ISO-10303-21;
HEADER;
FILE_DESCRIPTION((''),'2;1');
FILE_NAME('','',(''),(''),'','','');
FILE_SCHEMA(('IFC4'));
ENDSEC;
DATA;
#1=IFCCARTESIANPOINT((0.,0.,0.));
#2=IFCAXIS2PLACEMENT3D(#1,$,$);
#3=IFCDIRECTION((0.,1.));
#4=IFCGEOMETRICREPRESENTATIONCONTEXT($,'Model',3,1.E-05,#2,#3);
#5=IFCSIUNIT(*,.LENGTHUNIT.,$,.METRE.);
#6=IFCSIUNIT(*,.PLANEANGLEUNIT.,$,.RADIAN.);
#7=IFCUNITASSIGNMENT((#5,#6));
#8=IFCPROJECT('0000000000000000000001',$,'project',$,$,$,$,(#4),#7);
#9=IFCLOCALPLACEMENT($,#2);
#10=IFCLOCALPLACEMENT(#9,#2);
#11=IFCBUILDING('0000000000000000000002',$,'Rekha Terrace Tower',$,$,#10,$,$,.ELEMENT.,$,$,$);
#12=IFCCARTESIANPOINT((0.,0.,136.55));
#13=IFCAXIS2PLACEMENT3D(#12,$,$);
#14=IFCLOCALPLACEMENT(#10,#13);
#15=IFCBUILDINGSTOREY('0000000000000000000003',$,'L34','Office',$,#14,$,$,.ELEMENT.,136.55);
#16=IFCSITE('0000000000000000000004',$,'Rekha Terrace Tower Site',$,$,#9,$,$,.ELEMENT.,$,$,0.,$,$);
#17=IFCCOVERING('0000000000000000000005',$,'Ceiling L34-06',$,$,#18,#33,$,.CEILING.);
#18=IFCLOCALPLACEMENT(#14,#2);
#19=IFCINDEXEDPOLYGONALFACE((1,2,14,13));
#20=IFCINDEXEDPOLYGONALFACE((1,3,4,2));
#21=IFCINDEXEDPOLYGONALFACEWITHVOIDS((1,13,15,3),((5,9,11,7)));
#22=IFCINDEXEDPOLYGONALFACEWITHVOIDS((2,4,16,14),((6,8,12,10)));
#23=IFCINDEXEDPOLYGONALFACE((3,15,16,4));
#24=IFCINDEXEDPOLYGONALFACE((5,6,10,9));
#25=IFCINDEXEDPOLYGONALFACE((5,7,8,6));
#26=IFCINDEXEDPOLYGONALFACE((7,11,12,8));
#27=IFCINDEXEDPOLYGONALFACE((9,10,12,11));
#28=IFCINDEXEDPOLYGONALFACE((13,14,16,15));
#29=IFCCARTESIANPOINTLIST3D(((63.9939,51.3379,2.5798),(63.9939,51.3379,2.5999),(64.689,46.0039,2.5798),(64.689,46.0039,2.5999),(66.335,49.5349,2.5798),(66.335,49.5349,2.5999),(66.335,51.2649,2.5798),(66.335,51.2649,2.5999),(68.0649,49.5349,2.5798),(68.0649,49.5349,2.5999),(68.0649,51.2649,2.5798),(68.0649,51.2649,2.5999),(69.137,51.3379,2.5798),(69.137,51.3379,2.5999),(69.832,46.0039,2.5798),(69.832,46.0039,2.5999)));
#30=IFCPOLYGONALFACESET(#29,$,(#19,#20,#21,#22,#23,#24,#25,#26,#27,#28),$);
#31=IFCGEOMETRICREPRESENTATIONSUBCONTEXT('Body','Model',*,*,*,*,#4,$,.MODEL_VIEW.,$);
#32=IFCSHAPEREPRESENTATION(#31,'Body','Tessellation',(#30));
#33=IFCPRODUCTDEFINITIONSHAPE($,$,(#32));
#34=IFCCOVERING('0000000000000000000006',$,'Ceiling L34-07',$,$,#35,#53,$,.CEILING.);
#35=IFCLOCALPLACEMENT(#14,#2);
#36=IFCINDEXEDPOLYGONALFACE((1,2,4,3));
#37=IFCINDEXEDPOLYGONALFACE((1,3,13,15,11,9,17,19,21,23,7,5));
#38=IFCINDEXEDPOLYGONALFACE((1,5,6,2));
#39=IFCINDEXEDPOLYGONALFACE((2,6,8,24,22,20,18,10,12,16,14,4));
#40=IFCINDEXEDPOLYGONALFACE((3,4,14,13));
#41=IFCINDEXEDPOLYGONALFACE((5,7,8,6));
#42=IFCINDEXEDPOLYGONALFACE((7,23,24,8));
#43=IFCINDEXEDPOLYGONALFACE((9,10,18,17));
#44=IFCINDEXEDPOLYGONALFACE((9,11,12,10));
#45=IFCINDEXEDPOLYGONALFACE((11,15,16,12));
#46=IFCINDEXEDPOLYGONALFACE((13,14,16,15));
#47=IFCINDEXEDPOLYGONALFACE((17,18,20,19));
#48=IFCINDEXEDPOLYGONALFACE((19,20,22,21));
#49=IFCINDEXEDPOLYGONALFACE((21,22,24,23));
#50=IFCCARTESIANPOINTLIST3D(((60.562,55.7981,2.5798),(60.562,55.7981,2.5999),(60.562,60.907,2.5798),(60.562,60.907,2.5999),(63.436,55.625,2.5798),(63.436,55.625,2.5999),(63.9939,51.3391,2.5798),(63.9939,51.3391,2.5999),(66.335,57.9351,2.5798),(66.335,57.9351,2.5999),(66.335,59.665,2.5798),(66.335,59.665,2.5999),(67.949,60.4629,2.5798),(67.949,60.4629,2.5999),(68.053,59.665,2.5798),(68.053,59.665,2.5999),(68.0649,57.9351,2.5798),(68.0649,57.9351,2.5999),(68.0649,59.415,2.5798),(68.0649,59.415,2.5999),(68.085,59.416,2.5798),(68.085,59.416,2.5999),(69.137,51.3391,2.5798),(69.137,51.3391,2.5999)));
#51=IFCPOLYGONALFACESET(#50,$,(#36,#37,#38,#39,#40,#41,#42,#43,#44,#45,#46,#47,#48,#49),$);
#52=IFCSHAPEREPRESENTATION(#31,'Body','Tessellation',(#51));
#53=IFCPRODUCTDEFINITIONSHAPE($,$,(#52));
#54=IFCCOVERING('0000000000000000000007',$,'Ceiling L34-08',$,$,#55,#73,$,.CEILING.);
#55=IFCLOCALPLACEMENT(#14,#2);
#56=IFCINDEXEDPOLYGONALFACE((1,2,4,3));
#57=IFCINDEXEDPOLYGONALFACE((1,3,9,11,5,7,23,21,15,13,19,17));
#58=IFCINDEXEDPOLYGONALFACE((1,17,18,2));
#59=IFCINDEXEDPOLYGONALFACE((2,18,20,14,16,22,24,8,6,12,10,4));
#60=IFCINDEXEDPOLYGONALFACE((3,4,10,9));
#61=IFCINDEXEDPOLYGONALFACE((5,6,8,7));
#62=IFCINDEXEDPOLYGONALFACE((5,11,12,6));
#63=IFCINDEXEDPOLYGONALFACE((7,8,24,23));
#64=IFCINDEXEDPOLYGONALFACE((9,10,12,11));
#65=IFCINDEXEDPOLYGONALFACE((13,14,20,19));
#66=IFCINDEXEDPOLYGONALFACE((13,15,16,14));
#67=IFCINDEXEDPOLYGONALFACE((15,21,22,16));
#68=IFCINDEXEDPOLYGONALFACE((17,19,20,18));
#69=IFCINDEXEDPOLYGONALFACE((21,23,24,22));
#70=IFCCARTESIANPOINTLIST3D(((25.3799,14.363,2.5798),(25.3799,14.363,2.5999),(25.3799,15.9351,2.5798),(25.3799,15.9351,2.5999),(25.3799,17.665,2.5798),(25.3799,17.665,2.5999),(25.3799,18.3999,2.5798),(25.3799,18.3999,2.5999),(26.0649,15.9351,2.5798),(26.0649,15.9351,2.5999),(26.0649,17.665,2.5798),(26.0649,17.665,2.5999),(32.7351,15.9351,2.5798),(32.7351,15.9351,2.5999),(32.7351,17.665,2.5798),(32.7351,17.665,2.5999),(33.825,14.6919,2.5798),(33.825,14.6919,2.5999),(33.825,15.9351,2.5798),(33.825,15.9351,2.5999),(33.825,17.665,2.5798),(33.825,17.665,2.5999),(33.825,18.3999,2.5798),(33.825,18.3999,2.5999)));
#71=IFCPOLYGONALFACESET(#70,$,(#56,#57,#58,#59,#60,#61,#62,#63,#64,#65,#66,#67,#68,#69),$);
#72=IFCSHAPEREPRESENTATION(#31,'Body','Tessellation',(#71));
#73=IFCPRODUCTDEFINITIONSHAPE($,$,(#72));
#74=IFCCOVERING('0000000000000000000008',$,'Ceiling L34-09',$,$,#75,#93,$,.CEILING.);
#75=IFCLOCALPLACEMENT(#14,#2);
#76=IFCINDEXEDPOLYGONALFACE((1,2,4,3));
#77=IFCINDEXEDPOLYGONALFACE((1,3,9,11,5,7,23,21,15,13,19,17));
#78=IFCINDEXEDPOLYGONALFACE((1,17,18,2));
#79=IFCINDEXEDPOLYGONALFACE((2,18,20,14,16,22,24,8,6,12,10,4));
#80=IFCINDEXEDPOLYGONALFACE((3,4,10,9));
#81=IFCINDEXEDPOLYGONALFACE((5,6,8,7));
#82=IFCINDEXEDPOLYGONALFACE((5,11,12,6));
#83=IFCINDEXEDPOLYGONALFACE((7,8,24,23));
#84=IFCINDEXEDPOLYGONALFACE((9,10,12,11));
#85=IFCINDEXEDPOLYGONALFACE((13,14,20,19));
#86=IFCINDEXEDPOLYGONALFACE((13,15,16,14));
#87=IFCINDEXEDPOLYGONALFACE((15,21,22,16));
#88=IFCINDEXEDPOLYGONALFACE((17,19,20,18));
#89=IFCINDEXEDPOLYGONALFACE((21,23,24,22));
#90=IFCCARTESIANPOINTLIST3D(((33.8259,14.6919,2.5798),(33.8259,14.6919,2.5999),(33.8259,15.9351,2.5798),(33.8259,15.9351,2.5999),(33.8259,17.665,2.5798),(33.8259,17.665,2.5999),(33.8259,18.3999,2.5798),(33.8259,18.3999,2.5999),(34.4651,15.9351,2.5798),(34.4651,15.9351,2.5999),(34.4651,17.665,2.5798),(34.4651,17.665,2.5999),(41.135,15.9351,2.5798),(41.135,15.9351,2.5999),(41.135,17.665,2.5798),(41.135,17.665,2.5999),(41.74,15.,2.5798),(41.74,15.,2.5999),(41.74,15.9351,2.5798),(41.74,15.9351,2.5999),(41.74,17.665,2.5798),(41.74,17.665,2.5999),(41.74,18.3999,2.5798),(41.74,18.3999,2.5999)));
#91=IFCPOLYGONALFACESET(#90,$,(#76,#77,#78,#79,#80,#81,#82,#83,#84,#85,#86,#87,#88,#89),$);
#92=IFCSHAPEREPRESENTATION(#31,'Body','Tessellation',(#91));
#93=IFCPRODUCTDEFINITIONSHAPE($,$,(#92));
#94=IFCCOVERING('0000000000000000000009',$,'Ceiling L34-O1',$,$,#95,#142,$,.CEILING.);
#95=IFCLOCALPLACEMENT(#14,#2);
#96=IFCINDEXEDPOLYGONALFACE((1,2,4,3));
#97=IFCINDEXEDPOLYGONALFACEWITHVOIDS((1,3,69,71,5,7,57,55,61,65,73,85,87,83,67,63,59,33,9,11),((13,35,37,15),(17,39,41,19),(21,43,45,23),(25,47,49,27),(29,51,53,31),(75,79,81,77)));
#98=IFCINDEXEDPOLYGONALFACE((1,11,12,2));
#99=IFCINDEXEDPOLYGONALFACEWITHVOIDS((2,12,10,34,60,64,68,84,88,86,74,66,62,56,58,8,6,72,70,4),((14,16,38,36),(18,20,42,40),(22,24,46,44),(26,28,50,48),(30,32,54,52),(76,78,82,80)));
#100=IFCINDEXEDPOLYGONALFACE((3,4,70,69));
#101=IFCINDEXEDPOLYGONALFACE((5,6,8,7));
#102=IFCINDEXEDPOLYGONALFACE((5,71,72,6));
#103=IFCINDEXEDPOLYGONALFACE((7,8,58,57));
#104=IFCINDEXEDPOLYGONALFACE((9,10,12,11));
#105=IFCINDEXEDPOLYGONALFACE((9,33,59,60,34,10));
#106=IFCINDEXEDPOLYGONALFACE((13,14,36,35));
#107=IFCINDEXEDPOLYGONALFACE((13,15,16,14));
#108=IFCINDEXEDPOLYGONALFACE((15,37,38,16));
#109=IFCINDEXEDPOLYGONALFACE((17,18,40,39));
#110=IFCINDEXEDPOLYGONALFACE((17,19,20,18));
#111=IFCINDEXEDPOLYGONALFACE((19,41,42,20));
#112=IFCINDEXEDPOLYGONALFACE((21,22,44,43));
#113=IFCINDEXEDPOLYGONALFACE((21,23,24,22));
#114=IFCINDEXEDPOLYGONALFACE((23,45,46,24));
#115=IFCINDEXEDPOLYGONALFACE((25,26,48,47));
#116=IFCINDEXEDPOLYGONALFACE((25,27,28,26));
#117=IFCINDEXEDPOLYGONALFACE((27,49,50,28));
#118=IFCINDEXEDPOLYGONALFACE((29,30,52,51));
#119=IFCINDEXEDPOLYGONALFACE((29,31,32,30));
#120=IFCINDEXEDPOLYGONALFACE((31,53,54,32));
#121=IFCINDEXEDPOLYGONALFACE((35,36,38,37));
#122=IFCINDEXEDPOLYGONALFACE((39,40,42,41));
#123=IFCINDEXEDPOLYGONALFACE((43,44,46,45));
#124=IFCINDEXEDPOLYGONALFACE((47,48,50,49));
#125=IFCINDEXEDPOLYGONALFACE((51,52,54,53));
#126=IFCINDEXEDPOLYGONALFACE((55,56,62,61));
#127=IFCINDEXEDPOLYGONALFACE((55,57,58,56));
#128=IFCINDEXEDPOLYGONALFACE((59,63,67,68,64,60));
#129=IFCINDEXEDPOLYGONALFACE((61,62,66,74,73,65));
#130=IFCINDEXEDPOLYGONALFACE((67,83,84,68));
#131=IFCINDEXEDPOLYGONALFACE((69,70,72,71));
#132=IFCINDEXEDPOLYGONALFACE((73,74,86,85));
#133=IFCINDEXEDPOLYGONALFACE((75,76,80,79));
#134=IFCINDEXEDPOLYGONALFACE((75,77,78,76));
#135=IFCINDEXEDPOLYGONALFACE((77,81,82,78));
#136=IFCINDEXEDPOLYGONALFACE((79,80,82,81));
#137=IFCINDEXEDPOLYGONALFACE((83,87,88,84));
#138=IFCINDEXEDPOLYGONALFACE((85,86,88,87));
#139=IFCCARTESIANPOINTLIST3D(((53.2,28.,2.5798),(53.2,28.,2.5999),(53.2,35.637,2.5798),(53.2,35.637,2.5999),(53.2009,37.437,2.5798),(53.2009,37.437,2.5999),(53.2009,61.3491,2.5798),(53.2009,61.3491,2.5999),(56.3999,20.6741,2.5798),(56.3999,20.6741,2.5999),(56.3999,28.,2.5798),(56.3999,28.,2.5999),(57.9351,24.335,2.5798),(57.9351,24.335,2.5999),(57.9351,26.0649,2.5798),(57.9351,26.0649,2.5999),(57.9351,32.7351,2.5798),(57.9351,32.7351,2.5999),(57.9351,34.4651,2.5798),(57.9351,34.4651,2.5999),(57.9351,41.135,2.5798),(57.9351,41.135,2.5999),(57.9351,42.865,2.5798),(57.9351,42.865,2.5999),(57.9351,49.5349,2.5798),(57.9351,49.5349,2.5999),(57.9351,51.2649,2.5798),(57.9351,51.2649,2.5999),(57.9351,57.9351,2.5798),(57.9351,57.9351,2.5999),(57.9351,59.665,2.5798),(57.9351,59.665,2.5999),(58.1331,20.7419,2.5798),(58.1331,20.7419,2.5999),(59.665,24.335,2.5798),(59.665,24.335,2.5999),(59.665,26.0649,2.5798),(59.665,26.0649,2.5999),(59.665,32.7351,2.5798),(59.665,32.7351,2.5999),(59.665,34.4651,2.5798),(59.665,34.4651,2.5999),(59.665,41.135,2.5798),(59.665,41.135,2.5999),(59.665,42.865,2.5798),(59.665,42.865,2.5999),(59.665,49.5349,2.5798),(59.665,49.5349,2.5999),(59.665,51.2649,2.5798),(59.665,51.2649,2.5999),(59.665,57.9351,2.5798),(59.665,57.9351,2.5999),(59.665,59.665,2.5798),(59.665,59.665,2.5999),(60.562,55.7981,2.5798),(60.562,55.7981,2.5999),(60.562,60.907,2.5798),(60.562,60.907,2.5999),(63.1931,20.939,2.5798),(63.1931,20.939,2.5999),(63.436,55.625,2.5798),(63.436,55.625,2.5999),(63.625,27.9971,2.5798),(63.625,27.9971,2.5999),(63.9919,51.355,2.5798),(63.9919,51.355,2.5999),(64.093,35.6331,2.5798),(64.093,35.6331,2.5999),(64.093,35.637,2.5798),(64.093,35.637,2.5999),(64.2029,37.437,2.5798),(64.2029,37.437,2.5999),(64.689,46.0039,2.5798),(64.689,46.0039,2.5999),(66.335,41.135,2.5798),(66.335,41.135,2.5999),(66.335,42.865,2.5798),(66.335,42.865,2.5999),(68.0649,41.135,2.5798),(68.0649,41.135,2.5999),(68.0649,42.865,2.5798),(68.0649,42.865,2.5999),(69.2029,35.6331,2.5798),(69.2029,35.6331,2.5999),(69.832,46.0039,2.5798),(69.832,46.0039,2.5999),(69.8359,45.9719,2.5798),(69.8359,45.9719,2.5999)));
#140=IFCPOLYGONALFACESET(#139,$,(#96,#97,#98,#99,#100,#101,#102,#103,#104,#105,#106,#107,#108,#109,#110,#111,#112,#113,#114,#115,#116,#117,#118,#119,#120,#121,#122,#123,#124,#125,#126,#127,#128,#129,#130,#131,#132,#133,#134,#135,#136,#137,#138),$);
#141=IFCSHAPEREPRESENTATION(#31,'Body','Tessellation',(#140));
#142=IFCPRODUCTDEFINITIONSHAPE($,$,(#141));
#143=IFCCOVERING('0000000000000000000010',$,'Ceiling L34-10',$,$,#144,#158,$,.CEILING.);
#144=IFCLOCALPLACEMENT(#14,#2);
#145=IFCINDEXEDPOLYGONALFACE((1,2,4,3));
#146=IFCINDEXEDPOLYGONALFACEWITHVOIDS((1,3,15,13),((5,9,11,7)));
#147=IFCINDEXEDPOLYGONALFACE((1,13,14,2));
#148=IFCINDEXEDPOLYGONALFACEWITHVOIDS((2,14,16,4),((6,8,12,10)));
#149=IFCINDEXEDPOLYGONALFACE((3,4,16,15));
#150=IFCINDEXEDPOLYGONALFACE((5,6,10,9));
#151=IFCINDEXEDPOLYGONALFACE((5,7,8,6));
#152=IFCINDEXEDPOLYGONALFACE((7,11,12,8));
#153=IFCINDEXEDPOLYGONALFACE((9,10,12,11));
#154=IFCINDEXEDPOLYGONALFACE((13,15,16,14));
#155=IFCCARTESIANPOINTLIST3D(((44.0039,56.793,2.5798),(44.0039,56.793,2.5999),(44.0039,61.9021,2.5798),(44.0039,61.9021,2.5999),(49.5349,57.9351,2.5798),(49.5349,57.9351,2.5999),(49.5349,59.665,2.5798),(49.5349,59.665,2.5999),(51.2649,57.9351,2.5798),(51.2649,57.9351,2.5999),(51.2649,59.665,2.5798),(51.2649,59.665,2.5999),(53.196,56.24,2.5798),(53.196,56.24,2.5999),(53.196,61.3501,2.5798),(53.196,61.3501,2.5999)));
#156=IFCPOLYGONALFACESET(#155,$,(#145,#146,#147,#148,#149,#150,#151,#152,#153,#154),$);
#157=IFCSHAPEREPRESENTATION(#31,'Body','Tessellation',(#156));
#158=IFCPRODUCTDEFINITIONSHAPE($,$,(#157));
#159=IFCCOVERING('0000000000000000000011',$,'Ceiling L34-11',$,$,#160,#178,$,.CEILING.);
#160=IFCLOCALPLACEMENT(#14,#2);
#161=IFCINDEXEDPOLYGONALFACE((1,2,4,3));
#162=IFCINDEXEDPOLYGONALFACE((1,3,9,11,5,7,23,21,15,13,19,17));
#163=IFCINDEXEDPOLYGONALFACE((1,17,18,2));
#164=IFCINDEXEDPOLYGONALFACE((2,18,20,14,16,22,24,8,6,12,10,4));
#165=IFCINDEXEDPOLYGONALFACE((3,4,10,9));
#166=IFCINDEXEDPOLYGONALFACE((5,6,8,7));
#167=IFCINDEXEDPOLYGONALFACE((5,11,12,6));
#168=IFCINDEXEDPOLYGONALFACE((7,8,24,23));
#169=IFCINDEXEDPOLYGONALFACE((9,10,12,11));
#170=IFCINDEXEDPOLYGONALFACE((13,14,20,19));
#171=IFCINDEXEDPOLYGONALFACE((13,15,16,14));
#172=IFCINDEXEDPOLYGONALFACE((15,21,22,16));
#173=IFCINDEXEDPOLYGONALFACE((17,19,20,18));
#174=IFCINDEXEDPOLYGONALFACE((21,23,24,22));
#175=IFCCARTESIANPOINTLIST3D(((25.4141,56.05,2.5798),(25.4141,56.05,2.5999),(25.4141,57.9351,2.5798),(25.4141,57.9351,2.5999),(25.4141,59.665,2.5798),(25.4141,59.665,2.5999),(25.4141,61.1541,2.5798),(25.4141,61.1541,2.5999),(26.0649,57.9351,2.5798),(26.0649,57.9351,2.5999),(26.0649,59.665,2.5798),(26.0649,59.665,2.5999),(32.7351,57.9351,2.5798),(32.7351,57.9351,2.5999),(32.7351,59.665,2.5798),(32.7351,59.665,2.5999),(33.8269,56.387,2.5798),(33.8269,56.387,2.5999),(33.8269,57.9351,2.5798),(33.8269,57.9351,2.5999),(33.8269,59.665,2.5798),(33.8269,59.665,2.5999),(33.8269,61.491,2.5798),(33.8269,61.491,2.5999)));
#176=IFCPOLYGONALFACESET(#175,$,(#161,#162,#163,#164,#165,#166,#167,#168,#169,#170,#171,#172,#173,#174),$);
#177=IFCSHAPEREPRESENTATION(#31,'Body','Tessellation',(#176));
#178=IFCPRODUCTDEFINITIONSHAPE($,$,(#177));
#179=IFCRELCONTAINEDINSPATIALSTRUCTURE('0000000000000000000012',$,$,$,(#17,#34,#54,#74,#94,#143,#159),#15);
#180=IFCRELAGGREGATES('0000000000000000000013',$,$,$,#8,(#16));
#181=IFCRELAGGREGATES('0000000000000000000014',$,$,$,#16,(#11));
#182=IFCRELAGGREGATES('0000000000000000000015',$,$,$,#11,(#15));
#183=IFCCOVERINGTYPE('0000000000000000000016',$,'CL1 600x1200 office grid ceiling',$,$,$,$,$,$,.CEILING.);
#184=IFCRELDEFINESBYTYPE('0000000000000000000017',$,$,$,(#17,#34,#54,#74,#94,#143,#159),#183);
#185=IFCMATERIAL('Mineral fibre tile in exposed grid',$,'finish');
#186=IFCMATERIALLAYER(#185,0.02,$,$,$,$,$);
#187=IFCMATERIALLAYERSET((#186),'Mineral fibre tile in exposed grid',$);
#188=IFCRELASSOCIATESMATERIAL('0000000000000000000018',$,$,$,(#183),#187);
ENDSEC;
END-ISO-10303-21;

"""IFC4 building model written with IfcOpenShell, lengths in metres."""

from ifc_helpers import new_model, si_unit, direction, frame, origin, place, context, subcontext, project, spatial, polyline, outline, extrude, material, layer, layer_set, type_object, element, save


model = new_model("IFC4")

# Units and contexts
model_context = context("Model", 3, precision=1e-05, world=origin(), true_north=direction((0.0, 1.0)))
body_context = subcontext(model_context, "Body", "Model", "MODEL_VIEW")
ifc_project = project(units=[si_unit("LENGTHUNIT", "METRE"), si_unit("PLANEANGLEUNIT", "RADIAN")], contexts=[model_context])

# Site, building, storey
site_placement = place(None, origin())
site = spatial("IfcSite", under=ifc_project, at=site_placement, Name="Rekha Terrace Tower Site", CompositionType="ELEMENT", RefElevation=0.0)
building_placement = place(site_placement, origin())
building = spatial("IfcBuilding", under=site, at=building_placement, Name="Rekha Terrace Tower", CompositionType="ELEMENT")
storey_placement = place(building_placement, frame((0.0, 0.0, 136.55)))
storey = spatial("IfcBuildingStorey", under=building, at=storey_placement, Name="L34", Description="Office", CompositionType="ELEMENT", Elevation=136.55)

# Coverings
ifc_material_1 = material(Name="Mineral fibre tile in exposed grid", Category="finish")
ifc_layer_1 = layer(ifc_material_1, 0.02)
ifc_layer_set_1 = layer_set([ifc_layer_1], Name="Mineral fibre tile in exposed grid")
covering_type_1 = type_object("IfcCoveringType", Name="CL1 600x1200 office grid ceiling", PredefinedType="CEILING", material=ifc_layer_set_1)
covering_1_placement = place(storey_placement, frame((0.0, 0.0, 2.5798)))
element("IfcCovering", 1, at=covering_1_placement, inside=storey, type_object=covering_type_1, Name="Ceiling L34-06", PredefinedType="CEILING", context=body_context, shape_type="SweptSolid", body=[
    extrude(outline(polyline([(64.689, 46.0039), (69.832, 46.0039), (69.137, 51.3379), (63.9939, 51.3379), (64.689, 46.0039)]), holes=[polyline([(68.0649, 49.5349), (66.335, 49.5349), (66.335, 51.2649), (68.0649, 51.2649), (68.0649, 49.5349)])]), origin(), (0.0, 0.0, 1.0), 0.02),
])
covering_2_placement = place(storey_placement, frame((0.0, 0.0, 2.5798)))
element("IfcCovering", 2, at=covering_2_placement, inside=storey, type_object=covering_type_1, Name="Ceiling L34-07", PredefinedType="CEILING", context=body_context, shape_type="SweptSolid", body=[
    extrude(outline(polyline([(67.949, 60.4629), (60.562, 60.907), (60.562, 55.7981), (63.436, 55.625), (63.9939, 51.3391), (69.137, 51.3391), (68.085, 59.416), (68.0649, 59.415), (68.0649, 57.9351), (66.335, 57.9351), (66.335, 59.665), (68.053, 59.665), (67.949, 60.4629)])), origin(), (0.0, 0.0, 1.0), 0.02),
])
covering_3_placement = place(storey_placement, frame((0.0, 0.0, 2.5798)))
element("IfcCovering", 3, at=covering_3_placement, inside=storey, type_object=covering_type_1, Name="Ceiling L34-08", PredefinedType="CEILING", context=body_context, shape_type="SweptSolid", body=[
    extrude(outline(polyline([(33.825, 17.665), (33.825, 18.3999), (25.3799, 18.3999), (25.3799, 17.665), (26.0649, 17.665), (26.0649, 15.9351), (25.3799, 15.9351), (25.3799, 14.363), (33.825, 14.6919), (33.825, 15.9351), (32.7351, 15.9351), (32.7351, 17.665), (33.825, 17.665)])), origin(), (0.0, 0.0, 1.0), 0.02),
])
covering_4_placement = place(storey_placement, frame((0.0, 0.0, 2.5798)))
element("IfcCovering", 4, at=covering_4_placement, inside=storey, type_object=covering_type_1, Name="Ceiling L34-09", PredefinedType="CEILING", context=body_context, shape_type="SweptSolid", body=[
    extrude(outline(polyline([(41.74, 17.665), (41.74, 18.3999), (33.8259, 18.3999), (33.8259, 17.665), (34.4651, 17.665), (34.4651, 15.9351), (33.8259, 15.9351), (33.8259, 14.6919), (41.74, 15.0), (41.74, 15.9351), (41.135, 15.9351), (41.135, 17.665), (41.74, 17.665)])), origin(), (0.0, 0.0, 1.0), 0.02),
])
covering_5_placement = place(storey_placement, frame((0.0, 0.0, 2.5798)))
element("IfcCovering", 5, at=covering_5_placement, inside=storey, type_object=covering_type_1, Name="Ceiling L34-O1", PredefinedType="CEILING", context=body_context, shape_type="SweptSolid", body=[
    extrude(outline(polyline([(56.3999, 20.6741), (58.1331, 20.7419), (63.1931, 20.939), (63.625, 27.9971), (64.093, 35.6331), (69.2029, 35.6331), (69.8359, 45.9719), (69.832, 46.0039), (64.689, 46.0039), (63.9919, 51.355), (63.436, 55.625), (60.562, 55.7981), (60.562, 60.907), (53.2009, 61.3491), (53.2009, 37.437), (64.2029, 37.437), (64.093, 35.637), (53.2, 35.637), (53.2, 28.0), (56.3999, 28.0), (56.3999, 20.6741)]), holes=[polyline([(68.0649, 41.135), (66.335, 41.135), (66.335, 42.865), (68.0649, 42.865), (68.0649, 41.135)]), polyline([(59.665, 26.0649), (59.665, 24.335), (57.9351, 24.335), (57.9351, 26.0649), (59.665, 26.0649)]), polyline([(59.665, 32.7351), (57.9351, 32.7351), (57.9351, 34.4651), (59.665, 34.4651), (59.665, 32.7351)]), polyline([(59.665, 41.135), (57.9351, 41.135), (57.9351, 42.865), (59.665, 42.865), (59.665, 41.135)]), polyline([(59.665, 49.5349), (57.9351, 49.5349), (57.9351, 51.2649), (59.665, 51.2649), (59.665, 49.5349)]), polyline([(59.665, 57.9351), (57.9351, 57.9351), (57.9351, 59.665), (59.665, 59.665), (59.665, 57.9351)])]), origin(), (0.0, 0.0, 1.0), 0.02),
])
covering_6_placement = place(storey_placement, frame((0.0, 0.0, 2.5798)))
element("IfcCovering", 6, at=covering_6_placement, inside=storey, type_object=covering_type_1, Name="Ceiling L34-10", PredefinedType="CEILING", context=body_context, shape_type="SweptSolid", body=[
    extrude(outline(polyline([(44.0039, 56.793), (53.196, 56.24), (53.196, 61.3501), (44.0039, 61.9021), (44.0039, 56.793)]), holes=[polyline([(51.2649, 57.9351), (49.5349, 57.9351), (49.5349, 59.665), (51.2649, 59.665), (51.2649, 57.9351)])]), origin(), (0.0, 0.0, 1.0), 0.02),
])
covering_7_placement = place(storey_placement, frame((0.0, 0.0, 2.5798)))
element("IfcCovering", 7, at=covering_7_placement, inside=storey, type_object=covering_type_1, Name="Ceiling L34-11", PredefinedType="CEILING", context=body_context, shape_type="SweptSolid", body=[
    extrude(outline(polyline([(25.4141, 57.9351), (25.4141, 56.05), (33.8269, 56.387), (33.8269, 57.9351), (32.7351, 57.9351), (32.7351, 59.665), (33.8269, 59.665), (33.8269, 61.491), (25.4141, 61.1541), (25.4141, 59.665), (26.0649, 59.665), (26.0649, 57.9351), (25.4141, 57.9351)])), origin(), (0.0, 0.0, 1.0), 0.02),
])

save(model, "model.ifc")
